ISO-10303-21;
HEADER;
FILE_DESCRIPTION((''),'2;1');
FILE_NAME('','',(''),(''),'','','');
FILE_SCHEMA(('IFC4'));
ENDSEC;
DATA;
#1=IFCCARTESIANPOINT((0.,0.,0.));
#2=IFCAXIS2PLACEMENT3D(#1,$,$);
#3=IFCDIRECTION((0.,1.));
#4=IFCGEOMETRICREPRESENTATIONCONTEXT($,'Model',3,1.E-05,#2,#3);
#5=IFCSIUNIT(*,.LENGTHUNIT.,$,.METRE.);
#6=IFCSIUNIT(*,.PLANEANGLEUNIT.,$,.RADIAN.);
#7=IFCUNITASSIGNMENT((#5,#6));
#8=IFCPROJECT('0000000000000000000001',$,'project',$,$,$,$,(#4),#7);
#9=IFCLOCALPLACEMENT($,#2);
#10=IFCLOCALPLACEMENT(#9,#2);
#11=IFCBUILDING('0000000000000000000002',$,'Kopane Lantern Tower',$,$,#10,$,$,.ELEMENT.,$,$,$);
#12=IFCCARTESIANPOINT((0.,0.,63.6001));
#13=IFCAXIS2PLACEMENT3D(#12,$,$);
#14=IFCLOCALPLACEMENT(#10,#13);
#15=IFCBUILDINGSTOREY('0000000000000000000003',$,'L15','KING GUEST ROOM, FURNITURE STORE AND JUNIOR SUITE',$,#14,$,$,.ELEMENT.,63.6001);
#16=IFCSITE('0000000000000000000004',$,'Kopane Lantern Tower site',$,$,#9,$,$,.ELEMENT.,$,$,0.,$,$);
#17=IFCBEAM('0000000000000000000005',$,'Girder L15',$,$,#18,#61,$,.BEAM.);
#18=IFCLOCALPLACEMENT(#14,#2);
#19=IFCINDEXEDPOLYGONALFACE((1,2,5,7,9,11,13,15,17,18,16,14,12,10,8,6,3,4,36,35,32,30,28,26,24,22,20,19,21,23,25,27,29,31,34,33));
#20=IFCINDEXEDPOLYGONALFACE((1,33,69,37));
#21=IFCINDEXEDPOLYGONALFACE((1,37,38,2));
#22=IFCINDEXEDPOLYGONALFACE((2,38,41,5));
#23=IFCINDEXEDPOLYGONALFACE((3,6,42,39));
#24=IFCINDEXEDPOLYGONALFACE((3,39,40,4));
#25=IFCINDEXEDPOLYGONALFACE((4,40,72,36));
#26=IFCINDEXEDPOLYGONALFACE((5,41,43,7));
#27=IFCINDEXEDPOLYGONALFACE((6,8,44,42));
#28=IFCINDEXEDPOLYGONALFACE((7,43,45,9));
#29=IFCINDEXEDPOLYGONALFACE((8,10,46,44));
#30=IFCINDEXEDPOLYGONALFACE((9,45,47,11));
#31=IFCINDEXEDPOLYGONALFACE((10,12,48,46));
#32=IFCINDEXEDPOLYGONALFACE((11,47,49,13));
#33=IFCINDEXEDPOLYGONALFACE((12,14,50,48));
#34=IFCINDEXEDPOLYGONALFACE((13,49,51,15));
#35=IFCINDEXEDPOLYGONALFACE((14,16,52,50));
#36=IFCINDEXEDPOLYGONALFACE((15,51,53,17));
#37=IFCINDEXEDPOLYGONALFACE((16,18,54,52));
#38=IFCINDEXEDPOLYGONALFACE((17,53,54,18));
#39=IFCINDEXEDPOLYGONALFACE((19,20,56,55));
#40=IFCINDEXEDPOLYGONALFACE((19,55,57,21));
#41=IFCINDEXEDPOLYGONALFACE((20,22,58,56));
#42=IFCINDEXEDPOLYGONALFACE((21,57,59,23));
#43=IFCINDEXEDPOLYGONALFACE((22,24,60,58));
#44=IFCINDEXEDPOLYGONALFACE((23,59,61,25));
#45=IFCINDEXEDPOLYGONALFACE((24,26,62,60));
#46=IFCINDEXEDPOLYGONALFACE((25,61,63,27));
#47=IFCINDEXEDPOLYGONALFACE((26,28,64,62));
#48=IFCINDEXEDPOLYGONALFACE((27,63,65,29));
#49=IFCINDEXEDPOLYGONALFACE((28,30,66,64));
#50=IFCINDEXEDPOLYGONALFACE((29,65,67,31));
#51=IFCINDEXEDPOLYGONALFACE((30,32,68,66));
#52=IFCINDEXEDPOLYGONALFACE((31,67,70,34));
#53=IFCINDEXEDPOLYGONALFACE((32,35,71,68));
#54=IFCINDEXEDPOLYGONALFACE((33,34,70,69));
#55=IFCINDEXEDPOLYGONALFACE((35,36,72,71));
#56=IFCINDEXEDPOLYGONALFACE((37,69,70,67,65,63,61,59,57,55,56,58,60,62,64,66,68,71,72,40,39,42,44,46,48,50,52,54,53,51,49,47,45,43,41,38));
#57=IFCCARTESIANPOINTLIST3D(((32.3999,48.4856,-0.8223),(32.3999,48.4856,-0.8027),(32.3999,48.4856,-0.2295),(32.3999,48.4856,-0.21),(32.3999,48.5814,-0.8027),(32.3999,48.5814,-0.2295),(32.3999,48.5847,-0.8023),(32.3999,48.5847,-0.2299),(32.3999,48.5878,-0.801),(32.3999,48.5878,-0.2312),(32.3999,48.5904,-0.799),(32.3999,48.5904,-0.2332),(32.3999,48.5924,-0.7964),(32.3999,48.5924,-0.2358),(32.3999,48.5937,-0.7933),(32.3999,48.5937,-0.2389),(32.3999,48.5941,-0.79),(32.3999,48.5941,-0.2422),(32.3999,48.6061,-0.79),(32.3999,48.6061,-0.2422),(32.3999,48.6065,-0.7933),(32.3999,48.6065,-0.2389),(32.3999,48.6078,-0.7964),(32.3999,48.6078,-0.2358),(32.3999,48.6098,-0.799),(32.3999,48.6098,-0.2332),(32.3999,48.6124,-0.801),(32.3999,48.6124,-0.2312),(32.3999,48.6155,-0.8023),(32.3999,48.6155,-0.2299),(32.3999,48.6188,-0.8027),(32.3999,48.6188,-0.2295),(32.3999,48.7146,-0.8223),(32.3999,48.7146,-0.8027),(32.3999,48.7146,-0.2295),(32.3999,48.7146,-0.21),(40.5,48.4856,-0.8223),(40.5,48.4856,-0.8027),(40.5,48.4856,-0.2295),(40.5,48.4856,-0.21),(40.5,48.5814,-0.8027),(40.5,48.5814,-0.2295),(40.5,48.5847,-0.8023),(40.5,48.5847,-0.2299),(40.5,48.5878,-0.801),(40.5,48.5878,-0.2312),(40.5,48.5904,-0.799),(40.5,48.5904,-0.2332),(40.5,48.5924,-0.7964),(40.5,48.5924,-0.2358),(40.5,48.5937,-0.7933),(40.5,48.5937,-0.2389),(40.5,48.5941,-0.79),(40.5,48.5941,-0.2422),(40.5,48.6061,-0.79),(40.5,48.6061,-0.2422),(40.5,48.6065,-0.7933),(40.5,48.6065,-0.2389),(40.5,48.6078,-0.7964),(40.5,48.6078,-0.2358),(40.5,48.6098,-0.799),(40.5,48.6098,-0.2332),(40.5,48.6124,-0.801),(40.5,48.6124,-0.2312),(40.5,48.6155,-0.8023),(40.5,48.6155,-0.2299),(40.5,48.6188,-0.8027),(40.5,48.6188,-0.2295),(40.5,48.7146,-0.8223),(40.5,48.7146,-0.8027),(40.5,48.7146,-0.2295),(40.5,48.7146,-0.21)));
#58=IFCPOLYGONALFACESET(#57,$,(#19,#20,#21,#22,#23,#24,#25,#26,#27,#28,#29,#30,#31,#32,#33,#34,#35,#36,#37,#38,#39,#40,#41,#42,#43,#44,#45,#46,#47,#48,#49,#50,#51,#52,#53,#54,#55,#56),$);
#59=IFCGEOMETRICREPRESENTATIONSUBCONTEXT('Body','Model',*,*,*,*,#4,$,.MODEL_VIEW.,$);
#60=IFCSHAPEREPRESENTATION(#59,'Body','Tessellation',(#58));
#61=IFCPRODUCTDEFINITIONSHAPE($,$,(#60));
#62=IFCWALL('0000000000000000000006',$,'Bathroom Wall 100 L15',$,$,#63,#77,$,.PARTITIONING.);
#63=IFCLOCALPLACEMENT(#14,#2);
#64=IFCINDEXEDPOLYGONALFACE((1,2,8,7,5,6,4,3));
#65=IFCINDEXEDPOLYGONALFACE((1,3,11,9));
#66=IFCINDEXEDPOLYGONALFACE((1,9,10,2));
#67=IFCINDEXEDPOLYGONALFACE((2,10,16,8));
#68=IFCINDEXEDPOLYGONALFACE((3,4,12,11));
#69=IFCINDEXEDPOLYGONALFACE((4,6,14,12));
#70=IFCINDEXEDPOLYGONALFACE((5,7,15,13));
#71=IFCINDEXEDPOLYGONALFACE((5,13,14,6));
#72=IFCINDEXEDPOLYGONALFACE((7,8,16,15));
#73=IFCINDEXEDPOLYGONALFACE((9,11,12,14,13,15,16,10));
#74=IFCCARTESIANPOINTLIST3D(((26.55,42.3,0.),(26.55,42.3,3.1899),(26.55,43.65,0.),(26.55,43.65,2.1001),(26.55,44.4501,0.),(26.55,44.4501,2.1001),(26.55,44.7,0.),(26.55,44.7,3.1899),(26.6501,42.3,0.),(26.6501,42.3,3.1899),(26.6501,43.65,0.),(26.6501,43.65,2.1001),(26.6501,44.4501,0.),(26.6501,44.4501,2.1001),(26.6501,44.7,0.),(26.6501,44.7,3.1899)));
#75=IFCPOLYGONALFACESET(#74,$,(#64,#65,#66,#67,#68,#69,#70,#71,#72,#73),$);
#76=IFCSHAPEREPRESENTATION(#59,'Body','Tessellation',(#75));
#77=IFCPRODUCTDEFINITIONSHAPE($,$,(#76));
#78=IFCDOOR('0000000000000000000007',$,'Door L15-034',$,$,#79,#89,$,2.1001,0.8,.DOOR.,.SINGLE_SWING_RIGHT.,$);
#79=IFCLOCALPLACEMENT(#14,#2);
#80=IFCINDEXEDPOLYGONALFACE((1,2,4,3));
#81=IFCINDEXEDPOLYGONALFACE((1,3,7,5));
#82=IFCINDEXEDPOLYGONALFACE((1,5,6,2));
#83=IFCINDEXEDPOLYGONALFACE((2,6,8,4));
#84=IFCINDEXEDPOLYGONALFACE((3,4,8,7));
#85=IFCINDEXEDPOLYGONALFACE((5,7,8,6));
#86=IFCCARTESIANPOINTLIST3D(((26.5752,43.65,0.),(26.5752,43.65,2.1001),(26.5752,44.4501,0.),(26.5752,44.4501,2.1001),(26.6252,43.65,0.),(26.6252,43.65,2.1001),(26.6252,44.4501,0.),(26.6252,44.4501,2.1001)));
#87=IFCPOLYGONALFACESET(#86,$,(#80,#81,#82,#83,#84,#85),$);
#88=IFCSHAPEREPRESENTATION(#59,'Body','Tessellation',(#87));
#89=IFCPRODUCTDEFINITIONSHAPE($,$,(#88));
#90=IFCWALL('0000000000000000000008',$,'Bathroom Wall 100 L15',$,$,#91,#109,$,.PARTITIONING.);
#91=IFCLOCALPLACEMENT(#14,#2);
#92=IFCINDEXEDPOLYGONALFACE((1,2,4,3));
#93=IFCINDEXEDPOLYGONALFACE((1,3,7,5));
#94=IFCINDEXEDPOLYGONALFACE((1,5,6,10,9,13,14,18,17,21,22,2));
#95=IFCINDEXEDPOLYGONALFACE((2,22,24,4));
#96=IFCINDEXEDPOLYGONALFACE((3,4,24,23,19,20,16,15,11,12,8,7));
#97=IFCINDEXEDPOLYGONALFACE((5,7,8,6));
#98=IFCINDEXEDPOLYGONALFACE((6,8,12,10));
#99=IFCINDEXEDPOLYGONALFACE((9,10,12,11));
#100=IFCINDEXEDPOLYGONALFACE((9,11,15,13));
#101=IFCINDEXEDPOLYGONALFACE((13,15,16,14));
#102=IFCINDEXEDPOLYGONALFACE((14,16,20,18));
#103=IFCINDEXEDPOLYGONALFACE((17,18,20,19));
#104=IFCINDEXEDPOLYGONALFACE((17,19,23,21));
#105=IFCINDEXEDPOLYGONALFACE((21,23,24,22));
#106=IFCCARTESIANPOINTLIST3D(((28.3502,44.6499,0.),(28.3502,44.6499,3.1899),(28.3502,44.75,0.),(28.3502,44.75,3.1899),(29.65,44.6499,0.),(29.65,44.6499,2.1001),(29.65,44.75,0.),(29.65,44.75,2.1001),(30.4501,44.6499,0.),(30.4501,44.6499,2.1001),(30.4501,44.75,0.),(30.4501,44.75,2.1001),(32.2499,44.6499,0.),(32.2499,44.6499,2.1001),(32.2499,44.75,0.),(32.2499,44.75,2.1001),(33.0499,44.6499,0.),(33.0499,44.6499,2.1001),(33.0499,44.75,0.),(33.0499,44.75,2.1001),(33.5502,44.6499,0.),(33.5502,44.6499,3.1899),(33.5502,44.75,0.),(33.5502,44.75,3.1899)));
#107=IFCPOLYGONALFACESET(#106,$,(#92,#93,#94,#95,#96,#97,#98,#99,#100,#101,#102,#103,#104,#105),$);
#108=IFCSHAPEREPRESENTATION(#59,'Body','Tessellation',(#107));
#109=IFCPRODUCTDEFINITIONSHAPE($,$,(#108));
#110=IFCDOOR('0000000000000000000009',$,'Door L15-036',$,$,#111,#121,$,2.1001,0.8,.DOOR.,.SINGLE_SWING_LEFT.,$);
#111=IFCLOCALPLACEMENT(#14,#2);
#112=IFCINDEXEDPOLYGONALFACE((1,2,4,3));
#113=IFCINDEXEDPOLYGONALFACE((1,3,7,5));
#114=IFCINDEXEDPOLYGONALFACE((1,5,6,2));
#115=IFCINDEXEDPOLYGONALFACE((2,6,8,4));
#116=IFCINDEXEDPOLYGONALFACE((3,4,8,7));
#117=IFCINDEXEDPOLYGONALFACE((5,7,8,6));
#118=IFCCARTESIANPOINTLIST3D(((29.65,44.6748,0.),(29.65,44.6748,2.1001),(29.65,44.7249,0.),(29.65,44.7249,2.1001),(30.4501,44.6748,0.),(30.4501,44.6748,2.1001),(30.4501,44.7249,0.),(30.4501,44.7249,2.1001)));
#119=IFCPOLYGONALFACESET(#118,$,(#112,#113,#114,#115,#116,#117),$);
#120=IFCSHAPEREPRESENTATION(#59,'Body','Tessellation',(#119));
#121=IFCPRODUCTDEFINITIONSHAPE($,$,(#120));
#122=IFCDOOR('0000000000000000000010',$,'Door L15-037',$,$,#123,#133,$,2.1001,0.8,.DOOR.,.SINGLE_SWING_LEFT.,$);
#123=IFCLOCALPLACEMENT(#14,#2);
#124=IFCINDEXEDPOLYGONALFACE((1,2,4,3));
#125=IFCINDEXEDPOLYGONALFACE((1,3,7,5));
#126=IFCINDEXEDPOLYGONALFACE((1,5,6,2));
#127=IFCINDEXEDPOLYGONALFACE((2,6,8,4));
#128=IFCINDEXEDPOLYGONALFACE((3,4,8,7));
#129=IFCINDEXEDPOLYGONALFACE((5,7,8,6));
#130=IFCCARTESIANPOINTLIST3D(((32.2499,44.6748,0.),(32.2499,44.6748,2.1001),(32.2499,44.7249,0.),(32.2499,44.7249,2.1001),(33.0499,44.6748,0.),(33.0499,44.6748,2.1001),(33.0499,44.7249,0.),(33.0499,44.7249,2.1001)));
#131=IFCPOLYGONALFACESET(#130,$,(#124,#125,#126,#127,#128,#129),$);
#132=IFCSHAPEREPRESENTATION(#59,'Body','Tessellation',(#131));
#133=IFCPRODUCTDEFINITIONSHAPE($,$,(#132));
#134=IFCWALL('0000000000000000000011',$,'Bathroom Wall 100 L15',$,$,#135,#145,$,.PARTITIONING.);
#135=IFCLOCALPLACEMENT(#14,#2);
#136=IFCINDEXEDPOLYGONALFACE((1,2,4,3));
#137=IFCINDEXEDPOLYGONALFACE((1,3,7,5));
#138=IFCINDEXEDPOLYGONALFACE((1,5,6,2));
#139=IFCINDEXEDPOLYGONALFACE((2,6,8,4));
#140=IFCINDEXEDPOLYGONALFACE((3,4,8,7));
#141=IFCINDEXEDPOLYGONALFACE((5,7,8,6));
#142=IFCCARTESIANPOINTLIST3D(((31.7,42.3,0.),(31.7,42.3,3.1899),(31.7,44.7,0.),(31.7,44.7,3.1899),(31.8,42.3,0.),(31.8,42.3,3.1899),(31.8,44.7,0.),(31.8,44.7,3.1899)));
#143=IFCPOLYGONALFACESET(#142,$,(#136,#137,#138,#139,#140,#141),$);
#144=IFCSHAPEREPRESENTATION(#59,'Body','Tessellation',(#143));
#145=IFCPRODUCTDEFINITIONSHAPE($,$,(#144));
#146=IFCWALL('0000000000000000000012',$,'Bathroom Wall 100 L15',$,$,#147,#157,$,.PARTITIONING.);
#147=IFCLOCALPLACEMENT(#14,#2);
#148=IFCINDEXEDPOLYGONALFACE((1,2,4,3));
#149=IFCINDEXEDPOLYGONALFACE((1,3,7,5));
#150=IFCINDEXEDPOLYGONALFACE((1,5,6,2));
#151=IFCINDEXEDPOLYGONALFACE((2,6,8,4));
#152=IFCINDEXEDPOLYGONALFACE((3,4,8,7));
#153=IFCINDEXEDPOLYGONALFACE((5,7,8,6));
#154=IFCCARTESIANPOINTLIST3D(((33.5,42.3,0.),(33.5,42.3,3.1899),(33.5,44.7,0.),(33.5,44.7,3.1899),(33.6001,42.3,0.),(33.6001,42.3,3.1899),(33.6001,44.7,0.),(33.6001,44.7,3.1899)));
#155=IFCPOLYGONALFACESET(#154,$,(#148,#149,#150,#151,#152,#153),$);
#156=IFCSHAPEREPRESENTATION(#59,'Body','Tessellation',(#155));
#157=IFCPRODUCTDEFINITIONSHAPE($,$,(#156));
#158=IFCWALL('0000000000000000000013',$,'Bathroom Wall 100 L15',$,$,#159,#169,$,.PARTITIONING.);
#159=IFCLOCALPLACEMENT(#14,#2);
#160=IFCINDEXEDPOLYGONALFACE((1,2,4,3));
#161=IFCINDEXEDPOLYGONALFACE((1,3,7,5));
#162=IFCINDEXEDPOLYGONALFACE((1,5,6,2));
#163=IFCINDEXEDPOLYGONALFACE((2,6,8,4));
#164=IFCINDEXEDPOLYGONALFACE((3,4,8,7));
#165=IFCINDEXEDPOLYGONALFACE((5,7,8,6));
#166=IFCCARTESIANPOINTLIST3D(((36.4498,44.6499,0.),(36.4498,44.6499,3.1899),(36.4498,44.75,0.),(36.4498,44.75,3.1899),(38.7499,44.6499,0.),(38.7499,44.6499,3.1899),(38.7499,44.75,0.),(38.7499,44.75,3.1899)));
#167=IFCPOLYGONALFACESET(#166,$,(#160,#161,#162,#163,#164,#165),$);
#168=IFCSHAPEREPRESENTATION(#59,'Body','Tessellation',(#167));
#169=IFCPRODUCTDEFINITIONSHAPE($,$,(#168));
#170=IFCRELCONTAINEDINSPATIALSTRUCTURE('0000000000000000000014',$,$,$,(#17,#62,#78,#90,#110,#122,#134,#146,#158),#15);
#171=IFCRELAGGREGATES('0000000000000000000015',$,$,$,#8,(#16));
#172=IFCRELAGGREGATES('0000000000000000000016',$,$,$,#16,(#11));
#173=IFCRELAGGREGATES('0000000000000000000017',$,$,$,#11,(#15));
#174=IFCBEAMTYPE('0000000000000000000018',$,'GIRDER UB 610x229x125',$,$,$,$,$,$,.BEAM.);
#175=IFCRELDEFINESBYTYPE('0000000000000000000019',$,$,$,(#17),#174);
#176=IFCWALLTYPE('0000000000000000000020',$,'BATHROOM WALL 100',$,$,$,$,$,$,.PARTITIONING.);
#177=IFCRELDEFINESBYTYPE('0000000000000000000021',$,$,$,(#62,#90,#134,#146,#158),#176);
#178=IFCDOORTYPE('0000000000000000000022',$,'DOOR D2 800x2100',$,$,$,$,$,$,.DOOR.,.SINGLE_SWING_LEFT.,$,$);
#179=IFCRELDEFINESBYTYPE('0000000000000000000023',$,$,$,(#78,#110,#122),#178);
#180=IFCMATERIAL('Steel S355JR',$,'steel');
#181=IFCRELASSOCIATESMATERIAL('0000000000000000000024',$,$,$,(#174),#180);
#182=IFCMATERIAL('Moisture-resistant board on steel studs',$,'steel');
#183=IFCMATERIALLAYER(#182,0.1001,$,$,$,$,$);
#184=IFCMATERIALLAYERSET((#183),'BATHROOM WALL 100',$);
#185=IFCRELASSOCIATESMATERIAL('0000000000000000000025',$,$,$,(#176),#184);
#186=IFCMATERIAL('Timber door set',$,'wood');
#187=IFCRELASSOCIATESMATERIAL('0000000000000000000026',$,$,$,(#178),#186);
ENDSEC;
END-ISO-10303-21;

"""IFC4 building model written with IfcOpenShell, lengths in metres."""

from ifc_helpers import new_model, si_unit, direction, frame, frame_2d, origin, origin_2d, place, context, subcontext, project, spatial, rectangle, i_section, extrude, material, layer, layer_set, material_profile, profile_set, type_object, element, fill, save


model = new_model("IFC4")

# Units and contexts
model_context = context("Model", 3, precision=1e-05, world=origin(), true_north=direction((0.0, 1.0)))
body_context = subcontext(model_context, "Body", "Model", "MODEL_VIEW")
ifc_project = project(units=[si_unit("LENGTHUNIT", "METRE"), si_unit("PLANEANGLEUNIT", "RADIAN")], contexts=[model_context])

# Site, building, storey
site_placement = place(None, origin())
site = spatial("IfcSite", under=ifc_project, at=site_placement, Name="Kopane Lantern Tower site", CompositionType="ELEMENT", RefElevation=0.0)
building_placement = place(site_placement, origin())
building = spatial("IfcBuilding", under=site, at=building_placement, Name="Kopane Lantern Tower", CompositionType="ELEMENT")
storey_placement = place(building_placement, frame((0.0, 0.0, 63.6001)))
storey = spatial("IfcBuildingStorey", under=building, at=storey_placement, Name="L15", Description="KING GUEST ROOM, FURNITURE STORE AND JUNIOR SUITE", CompositionType="ELEMENT", Elevation=63.6001)

# Beam
ifc_material_1 = material(Name="Steel S355JR", Category="steel")
ifc_material_profile_1 = material_profile(ifc_material_1, i_section(OverallWidth=0.229, OverallDepth=0.6123, WebThickness=0.012, FlangeThickness=0.0195, FilletRadius=0.0127, at=origin_2d()), Name="UB 610x229x125")
ifc_profile_set_1 = profile_set([ifc_material_profile_1], Name="Steel S355JR")
beam_type = type_object("IfcBeamType", Name="GIRDER UB 610x229x125", PredefinedType="BEAM", material=ifc_profile_set_1)
for number, where, z_axis, x_axis, name in (
    (1, (32.3999, 48.6001, -0.5161), (1.0, 0.0, 0.0), (0.0, 1.0, 0.0), "Girder L15"),
):
    element("IfcBeam", number, at=place(storey_placement, frame(where, z_axis=z_axis, x_axis=x_axis)), inside=storey, type_object=beam_type, Name=name, PredefinedType="BEAM", context=body_context, shape_type="SweptSolid", body=[
        extrude(i_section(OverallWidth=0.229, OverallDepth=0.6123, WebThickness=0.012, FlangeThickness=0.0195, FilletRadius=0.0127, at=origin_2d()), origin(), (0.0, 0.0, 1.0), 8.1001),
    ])

# Wall, opening, door
ifc_material_2 = material(Name="Moisture-resistant board on steel studs", Category="steel")
ifc_layer_1 = layer(ifc_material_2, 0.1001)
ifc_layer_set_1 = layer_set([ifc_layer_1], Name="BATHROOM WALL 100")
wall_type_1 = type_object("IfcWallType", Name="BATHROOM WALL 100", PredefinedType="PARTITIONING", material=ifc_layer_set_1)
wall_1_placement = place(storey_placement, frame((26.6001, 42.3, 0.0), z_axis=(0.0, 0.0, 1.0), x_axis=(0.0, 1.0, 0.0)))
wall_1 = element("IfcWall", 2, at=wall_1_placement, inside=storey, type_object=wall_type_1, Name="Bathroom Wall 100 L15", PredefinedType="PARTITIONING", context=body_context, shape_type="SweptSolid", body=[
    extrude(rectangle(XDim=2.3999, YDim=0.1001, at=frame_2d((1.2, 0.0))), origin(), (0.0, 0.0, 1.0), 3.1899),
])
opening_1_placement = place(wall_1_placement, frame((1.3501, 0.0, 0.0)))
opening_1 = element("IfcOpeningElement", 3, at=opening_1_placement, cuts=wall_1, PredefinedType="OPENING", context=body_context, shape_type="SweptSolid", body=[
    extrude(rectangle(XDim=0.8, YDim=2.1001, at=frame_2d((0.3999, 1.05))), frame((0.0, 0.0601, 0.0), z_axis=(0.0, -1.0, 0.0), x_axis=(1.0, 0.0, 0.0)), (0.0, 0.0, 1.0), 0.1201),
])
ifc_material_3 = material(Name="Timber door set", Category="wood")
door_type_1 = type_object("IfcDoorType", Name="DOOR D2 800x2100", OperationType="SINGLE_SWING_LEFT", PredefinedType="DOOR", material=ifc_material_3)
door_1_placement = place(opening_1_placement, origin())
door_1 = element("IfcDoor", 4, at=door_1_placement, inside=storey, type_object=door_type_1, Name="Door L15-034", OperationType="SINGLE_SWING_RIGHT", OverallHeight=2.1001, OverallWidth=0.8, PredefinedType="DOOR", context=body_context, shape_type="SweptSolid", body=[
    extrude(rectangle(XDim=0.8, YDim=2.1001, at=frame_2d((0.3999, 1.05))), frame((0.0, 0.0249, 0.0), z_axis=(0.0, -1.0, 0.0), x_axis=(1.0, 0.0, 0.0)), (0.0, 0.0, 1.0), 0.05),
])
fill(opening_1, door_1)

# Wall, openings, doors
wall_2_placement = place(storey_placement, frame((28.3501, 44.7, 0.0), z_axis=(0.0, 0.0, 1.0), x_axis=(1.0, 0.0, 0.0)))
wall_2 = element("IfcWall", 5, at=wall_2_placement, inside=storey, type_object=wall_type_1, Name="Bathroom Wall 100 L15", PredefinedType="PARTITIONING", context=body_context, shape_type="SweptSolid", body=[
    extrude(rectangle(XDim=5.2, YDim=0.1001, at=frame_2d((2.6001, 0.0))), origin(), (0.0, 0.0, 1.0), 3.1899),
])
opening_2_placement = place(wall_2_placement, frame((1.3, 0.0, 0.0)))
opening_2 = element("IfcOpeningElement", 6, at=opening_2_placement, cuts=wall_2, PredefinedType="OPENING", context=body_context, shape_type="SweptSolid", body=[
    extrude(rectangle(XDim=0.8, YDim=2.1001, at=frame_2d((0.3999, 1.05))), frame((0.0, 0.0601, 0.0), z_axis=(0.0, -1.0, 0.0), x_axis=(1.0, 0.0, 0.0)), (0.0, 0.0, 1.0), 0.1201),
])
opening_3_placement = place(wall_2_placement, frame((3.8999, 0.0, 0.0)))
opening_3 = element("IfcOpeningElement", 7, at=opening_3_placement, cuts=wall_2, PredefinedType="OPENING", context=body_context, shape_type="SweptSolid", body=[
    extrude(rectangle(XDim=0.8, YDim=2.1001, at=frame_2d((0.3999, 1.05))), frame((0.0, 0.0601, 0.0), z_axis=(0.0, -1.0, 0.0), x_axis=(1.0, 0.0, 0.0)), (0.0, 0.0, 1.0), 0.1201),
])
door_2_placement = place(opening_2_placement, origin())
door_2 = element("IfcDoor", 8, at=door_2_placement, inside=storey, type_object=door_type_1, Name="Door L15-036", OperationType="SINGLE_SWING_LEFT", OverallHeight=2.1001, OverallWidth=0.8, PredefinedType="DOOR", context=body_context, shape_type="SweptSolid", body=[
    extrude(rectangle(XDim=0.8, YDim=2.1001, at=frame_2d((0.3999, 1.05))), frame((0.0, 0.0249, 0.0), z_axis=(0.0, -1.0, 0.0), x_axis=(1.0, 0.0, 0.0)), (0.0, 0.0, 1.0), 0.05),
])
fill(opening_2, door_2)
door_3_placement = place(opening_3_placement, origin())
door_3 = element("IfcDoor", 9, at=door_3_placement, inside=storey, type_object=door_type_1, Name="Door L15-037", OperationType="SINGLE_SWING_LEFT", OverallHeight=2.1001, OverallWidth=0.8, PredefinedType="DOOR", context=body_context, shape_type="SweptSolid", body=[
    extrude(rectangle(XDim=0.8, YDim=2.1001, at=frame_2d((0.3999, 1.05))), frame((0.0, 0.0249, 0.0), z_axis=(0.0, -1.0, 0.0), x_axis=(1.0, 0.0, 0.0)), (0.0, 0.0, 1.0), 0.05),
])
fill(opening_3, door_3)

# Walls
for number, where, z_axis, x_axis, name in (
    (10, (31.75, 42.3, 0.0), (0.0, 0.0, 1.0), (0.0, 1.0, 0.0), "Bathroom Wall 100 L15"),
    (11, (33.55, 42.3, 0.0), (0.0, 0.0, 1.0), (0.0, 1.0, 0.0), "Bathroom Wall 100 L15"),
):
    element("IfcWall", number, at=place(storey_placement, frame(where, z_axis=z_axis, x_axis=x_axis)), inside=storey, type_object=wall_type_1, Name=name, PredefinedType="PARTITIONING", context=body_context, shape_type="SweptSolid", body=[
        extrude(rectangle(XDim=2.3999, YDim=0.1001, at=frame_2d((1.2, 0.0))), origin(), (0.0, 0.0, 1.0), 3.1899),
    ])
wall_3_placement = place(storey_placement, frame((36.45, 44.7, 0.0), z_axis=(0.0, 0.0, 1.0), x_axis=(1.0, 0.0, 0.0)))
element("IfcWall", 12, at=wall_3_placement, inside=storey, type_object=wall_type_1, Name="Bathroom Wall 100 L15", PredefinedType="PARTITIONING", context=body_context, shape_type="SweptSolid", body=[
    extrude(rectangle(XDim=2.3, YDim=0.1001, at=frame_2d((1.1499, 0.0))), origin(), (0.0, 0.0, 1.0), 3.1899),
])

save(model, "model.ifc")
